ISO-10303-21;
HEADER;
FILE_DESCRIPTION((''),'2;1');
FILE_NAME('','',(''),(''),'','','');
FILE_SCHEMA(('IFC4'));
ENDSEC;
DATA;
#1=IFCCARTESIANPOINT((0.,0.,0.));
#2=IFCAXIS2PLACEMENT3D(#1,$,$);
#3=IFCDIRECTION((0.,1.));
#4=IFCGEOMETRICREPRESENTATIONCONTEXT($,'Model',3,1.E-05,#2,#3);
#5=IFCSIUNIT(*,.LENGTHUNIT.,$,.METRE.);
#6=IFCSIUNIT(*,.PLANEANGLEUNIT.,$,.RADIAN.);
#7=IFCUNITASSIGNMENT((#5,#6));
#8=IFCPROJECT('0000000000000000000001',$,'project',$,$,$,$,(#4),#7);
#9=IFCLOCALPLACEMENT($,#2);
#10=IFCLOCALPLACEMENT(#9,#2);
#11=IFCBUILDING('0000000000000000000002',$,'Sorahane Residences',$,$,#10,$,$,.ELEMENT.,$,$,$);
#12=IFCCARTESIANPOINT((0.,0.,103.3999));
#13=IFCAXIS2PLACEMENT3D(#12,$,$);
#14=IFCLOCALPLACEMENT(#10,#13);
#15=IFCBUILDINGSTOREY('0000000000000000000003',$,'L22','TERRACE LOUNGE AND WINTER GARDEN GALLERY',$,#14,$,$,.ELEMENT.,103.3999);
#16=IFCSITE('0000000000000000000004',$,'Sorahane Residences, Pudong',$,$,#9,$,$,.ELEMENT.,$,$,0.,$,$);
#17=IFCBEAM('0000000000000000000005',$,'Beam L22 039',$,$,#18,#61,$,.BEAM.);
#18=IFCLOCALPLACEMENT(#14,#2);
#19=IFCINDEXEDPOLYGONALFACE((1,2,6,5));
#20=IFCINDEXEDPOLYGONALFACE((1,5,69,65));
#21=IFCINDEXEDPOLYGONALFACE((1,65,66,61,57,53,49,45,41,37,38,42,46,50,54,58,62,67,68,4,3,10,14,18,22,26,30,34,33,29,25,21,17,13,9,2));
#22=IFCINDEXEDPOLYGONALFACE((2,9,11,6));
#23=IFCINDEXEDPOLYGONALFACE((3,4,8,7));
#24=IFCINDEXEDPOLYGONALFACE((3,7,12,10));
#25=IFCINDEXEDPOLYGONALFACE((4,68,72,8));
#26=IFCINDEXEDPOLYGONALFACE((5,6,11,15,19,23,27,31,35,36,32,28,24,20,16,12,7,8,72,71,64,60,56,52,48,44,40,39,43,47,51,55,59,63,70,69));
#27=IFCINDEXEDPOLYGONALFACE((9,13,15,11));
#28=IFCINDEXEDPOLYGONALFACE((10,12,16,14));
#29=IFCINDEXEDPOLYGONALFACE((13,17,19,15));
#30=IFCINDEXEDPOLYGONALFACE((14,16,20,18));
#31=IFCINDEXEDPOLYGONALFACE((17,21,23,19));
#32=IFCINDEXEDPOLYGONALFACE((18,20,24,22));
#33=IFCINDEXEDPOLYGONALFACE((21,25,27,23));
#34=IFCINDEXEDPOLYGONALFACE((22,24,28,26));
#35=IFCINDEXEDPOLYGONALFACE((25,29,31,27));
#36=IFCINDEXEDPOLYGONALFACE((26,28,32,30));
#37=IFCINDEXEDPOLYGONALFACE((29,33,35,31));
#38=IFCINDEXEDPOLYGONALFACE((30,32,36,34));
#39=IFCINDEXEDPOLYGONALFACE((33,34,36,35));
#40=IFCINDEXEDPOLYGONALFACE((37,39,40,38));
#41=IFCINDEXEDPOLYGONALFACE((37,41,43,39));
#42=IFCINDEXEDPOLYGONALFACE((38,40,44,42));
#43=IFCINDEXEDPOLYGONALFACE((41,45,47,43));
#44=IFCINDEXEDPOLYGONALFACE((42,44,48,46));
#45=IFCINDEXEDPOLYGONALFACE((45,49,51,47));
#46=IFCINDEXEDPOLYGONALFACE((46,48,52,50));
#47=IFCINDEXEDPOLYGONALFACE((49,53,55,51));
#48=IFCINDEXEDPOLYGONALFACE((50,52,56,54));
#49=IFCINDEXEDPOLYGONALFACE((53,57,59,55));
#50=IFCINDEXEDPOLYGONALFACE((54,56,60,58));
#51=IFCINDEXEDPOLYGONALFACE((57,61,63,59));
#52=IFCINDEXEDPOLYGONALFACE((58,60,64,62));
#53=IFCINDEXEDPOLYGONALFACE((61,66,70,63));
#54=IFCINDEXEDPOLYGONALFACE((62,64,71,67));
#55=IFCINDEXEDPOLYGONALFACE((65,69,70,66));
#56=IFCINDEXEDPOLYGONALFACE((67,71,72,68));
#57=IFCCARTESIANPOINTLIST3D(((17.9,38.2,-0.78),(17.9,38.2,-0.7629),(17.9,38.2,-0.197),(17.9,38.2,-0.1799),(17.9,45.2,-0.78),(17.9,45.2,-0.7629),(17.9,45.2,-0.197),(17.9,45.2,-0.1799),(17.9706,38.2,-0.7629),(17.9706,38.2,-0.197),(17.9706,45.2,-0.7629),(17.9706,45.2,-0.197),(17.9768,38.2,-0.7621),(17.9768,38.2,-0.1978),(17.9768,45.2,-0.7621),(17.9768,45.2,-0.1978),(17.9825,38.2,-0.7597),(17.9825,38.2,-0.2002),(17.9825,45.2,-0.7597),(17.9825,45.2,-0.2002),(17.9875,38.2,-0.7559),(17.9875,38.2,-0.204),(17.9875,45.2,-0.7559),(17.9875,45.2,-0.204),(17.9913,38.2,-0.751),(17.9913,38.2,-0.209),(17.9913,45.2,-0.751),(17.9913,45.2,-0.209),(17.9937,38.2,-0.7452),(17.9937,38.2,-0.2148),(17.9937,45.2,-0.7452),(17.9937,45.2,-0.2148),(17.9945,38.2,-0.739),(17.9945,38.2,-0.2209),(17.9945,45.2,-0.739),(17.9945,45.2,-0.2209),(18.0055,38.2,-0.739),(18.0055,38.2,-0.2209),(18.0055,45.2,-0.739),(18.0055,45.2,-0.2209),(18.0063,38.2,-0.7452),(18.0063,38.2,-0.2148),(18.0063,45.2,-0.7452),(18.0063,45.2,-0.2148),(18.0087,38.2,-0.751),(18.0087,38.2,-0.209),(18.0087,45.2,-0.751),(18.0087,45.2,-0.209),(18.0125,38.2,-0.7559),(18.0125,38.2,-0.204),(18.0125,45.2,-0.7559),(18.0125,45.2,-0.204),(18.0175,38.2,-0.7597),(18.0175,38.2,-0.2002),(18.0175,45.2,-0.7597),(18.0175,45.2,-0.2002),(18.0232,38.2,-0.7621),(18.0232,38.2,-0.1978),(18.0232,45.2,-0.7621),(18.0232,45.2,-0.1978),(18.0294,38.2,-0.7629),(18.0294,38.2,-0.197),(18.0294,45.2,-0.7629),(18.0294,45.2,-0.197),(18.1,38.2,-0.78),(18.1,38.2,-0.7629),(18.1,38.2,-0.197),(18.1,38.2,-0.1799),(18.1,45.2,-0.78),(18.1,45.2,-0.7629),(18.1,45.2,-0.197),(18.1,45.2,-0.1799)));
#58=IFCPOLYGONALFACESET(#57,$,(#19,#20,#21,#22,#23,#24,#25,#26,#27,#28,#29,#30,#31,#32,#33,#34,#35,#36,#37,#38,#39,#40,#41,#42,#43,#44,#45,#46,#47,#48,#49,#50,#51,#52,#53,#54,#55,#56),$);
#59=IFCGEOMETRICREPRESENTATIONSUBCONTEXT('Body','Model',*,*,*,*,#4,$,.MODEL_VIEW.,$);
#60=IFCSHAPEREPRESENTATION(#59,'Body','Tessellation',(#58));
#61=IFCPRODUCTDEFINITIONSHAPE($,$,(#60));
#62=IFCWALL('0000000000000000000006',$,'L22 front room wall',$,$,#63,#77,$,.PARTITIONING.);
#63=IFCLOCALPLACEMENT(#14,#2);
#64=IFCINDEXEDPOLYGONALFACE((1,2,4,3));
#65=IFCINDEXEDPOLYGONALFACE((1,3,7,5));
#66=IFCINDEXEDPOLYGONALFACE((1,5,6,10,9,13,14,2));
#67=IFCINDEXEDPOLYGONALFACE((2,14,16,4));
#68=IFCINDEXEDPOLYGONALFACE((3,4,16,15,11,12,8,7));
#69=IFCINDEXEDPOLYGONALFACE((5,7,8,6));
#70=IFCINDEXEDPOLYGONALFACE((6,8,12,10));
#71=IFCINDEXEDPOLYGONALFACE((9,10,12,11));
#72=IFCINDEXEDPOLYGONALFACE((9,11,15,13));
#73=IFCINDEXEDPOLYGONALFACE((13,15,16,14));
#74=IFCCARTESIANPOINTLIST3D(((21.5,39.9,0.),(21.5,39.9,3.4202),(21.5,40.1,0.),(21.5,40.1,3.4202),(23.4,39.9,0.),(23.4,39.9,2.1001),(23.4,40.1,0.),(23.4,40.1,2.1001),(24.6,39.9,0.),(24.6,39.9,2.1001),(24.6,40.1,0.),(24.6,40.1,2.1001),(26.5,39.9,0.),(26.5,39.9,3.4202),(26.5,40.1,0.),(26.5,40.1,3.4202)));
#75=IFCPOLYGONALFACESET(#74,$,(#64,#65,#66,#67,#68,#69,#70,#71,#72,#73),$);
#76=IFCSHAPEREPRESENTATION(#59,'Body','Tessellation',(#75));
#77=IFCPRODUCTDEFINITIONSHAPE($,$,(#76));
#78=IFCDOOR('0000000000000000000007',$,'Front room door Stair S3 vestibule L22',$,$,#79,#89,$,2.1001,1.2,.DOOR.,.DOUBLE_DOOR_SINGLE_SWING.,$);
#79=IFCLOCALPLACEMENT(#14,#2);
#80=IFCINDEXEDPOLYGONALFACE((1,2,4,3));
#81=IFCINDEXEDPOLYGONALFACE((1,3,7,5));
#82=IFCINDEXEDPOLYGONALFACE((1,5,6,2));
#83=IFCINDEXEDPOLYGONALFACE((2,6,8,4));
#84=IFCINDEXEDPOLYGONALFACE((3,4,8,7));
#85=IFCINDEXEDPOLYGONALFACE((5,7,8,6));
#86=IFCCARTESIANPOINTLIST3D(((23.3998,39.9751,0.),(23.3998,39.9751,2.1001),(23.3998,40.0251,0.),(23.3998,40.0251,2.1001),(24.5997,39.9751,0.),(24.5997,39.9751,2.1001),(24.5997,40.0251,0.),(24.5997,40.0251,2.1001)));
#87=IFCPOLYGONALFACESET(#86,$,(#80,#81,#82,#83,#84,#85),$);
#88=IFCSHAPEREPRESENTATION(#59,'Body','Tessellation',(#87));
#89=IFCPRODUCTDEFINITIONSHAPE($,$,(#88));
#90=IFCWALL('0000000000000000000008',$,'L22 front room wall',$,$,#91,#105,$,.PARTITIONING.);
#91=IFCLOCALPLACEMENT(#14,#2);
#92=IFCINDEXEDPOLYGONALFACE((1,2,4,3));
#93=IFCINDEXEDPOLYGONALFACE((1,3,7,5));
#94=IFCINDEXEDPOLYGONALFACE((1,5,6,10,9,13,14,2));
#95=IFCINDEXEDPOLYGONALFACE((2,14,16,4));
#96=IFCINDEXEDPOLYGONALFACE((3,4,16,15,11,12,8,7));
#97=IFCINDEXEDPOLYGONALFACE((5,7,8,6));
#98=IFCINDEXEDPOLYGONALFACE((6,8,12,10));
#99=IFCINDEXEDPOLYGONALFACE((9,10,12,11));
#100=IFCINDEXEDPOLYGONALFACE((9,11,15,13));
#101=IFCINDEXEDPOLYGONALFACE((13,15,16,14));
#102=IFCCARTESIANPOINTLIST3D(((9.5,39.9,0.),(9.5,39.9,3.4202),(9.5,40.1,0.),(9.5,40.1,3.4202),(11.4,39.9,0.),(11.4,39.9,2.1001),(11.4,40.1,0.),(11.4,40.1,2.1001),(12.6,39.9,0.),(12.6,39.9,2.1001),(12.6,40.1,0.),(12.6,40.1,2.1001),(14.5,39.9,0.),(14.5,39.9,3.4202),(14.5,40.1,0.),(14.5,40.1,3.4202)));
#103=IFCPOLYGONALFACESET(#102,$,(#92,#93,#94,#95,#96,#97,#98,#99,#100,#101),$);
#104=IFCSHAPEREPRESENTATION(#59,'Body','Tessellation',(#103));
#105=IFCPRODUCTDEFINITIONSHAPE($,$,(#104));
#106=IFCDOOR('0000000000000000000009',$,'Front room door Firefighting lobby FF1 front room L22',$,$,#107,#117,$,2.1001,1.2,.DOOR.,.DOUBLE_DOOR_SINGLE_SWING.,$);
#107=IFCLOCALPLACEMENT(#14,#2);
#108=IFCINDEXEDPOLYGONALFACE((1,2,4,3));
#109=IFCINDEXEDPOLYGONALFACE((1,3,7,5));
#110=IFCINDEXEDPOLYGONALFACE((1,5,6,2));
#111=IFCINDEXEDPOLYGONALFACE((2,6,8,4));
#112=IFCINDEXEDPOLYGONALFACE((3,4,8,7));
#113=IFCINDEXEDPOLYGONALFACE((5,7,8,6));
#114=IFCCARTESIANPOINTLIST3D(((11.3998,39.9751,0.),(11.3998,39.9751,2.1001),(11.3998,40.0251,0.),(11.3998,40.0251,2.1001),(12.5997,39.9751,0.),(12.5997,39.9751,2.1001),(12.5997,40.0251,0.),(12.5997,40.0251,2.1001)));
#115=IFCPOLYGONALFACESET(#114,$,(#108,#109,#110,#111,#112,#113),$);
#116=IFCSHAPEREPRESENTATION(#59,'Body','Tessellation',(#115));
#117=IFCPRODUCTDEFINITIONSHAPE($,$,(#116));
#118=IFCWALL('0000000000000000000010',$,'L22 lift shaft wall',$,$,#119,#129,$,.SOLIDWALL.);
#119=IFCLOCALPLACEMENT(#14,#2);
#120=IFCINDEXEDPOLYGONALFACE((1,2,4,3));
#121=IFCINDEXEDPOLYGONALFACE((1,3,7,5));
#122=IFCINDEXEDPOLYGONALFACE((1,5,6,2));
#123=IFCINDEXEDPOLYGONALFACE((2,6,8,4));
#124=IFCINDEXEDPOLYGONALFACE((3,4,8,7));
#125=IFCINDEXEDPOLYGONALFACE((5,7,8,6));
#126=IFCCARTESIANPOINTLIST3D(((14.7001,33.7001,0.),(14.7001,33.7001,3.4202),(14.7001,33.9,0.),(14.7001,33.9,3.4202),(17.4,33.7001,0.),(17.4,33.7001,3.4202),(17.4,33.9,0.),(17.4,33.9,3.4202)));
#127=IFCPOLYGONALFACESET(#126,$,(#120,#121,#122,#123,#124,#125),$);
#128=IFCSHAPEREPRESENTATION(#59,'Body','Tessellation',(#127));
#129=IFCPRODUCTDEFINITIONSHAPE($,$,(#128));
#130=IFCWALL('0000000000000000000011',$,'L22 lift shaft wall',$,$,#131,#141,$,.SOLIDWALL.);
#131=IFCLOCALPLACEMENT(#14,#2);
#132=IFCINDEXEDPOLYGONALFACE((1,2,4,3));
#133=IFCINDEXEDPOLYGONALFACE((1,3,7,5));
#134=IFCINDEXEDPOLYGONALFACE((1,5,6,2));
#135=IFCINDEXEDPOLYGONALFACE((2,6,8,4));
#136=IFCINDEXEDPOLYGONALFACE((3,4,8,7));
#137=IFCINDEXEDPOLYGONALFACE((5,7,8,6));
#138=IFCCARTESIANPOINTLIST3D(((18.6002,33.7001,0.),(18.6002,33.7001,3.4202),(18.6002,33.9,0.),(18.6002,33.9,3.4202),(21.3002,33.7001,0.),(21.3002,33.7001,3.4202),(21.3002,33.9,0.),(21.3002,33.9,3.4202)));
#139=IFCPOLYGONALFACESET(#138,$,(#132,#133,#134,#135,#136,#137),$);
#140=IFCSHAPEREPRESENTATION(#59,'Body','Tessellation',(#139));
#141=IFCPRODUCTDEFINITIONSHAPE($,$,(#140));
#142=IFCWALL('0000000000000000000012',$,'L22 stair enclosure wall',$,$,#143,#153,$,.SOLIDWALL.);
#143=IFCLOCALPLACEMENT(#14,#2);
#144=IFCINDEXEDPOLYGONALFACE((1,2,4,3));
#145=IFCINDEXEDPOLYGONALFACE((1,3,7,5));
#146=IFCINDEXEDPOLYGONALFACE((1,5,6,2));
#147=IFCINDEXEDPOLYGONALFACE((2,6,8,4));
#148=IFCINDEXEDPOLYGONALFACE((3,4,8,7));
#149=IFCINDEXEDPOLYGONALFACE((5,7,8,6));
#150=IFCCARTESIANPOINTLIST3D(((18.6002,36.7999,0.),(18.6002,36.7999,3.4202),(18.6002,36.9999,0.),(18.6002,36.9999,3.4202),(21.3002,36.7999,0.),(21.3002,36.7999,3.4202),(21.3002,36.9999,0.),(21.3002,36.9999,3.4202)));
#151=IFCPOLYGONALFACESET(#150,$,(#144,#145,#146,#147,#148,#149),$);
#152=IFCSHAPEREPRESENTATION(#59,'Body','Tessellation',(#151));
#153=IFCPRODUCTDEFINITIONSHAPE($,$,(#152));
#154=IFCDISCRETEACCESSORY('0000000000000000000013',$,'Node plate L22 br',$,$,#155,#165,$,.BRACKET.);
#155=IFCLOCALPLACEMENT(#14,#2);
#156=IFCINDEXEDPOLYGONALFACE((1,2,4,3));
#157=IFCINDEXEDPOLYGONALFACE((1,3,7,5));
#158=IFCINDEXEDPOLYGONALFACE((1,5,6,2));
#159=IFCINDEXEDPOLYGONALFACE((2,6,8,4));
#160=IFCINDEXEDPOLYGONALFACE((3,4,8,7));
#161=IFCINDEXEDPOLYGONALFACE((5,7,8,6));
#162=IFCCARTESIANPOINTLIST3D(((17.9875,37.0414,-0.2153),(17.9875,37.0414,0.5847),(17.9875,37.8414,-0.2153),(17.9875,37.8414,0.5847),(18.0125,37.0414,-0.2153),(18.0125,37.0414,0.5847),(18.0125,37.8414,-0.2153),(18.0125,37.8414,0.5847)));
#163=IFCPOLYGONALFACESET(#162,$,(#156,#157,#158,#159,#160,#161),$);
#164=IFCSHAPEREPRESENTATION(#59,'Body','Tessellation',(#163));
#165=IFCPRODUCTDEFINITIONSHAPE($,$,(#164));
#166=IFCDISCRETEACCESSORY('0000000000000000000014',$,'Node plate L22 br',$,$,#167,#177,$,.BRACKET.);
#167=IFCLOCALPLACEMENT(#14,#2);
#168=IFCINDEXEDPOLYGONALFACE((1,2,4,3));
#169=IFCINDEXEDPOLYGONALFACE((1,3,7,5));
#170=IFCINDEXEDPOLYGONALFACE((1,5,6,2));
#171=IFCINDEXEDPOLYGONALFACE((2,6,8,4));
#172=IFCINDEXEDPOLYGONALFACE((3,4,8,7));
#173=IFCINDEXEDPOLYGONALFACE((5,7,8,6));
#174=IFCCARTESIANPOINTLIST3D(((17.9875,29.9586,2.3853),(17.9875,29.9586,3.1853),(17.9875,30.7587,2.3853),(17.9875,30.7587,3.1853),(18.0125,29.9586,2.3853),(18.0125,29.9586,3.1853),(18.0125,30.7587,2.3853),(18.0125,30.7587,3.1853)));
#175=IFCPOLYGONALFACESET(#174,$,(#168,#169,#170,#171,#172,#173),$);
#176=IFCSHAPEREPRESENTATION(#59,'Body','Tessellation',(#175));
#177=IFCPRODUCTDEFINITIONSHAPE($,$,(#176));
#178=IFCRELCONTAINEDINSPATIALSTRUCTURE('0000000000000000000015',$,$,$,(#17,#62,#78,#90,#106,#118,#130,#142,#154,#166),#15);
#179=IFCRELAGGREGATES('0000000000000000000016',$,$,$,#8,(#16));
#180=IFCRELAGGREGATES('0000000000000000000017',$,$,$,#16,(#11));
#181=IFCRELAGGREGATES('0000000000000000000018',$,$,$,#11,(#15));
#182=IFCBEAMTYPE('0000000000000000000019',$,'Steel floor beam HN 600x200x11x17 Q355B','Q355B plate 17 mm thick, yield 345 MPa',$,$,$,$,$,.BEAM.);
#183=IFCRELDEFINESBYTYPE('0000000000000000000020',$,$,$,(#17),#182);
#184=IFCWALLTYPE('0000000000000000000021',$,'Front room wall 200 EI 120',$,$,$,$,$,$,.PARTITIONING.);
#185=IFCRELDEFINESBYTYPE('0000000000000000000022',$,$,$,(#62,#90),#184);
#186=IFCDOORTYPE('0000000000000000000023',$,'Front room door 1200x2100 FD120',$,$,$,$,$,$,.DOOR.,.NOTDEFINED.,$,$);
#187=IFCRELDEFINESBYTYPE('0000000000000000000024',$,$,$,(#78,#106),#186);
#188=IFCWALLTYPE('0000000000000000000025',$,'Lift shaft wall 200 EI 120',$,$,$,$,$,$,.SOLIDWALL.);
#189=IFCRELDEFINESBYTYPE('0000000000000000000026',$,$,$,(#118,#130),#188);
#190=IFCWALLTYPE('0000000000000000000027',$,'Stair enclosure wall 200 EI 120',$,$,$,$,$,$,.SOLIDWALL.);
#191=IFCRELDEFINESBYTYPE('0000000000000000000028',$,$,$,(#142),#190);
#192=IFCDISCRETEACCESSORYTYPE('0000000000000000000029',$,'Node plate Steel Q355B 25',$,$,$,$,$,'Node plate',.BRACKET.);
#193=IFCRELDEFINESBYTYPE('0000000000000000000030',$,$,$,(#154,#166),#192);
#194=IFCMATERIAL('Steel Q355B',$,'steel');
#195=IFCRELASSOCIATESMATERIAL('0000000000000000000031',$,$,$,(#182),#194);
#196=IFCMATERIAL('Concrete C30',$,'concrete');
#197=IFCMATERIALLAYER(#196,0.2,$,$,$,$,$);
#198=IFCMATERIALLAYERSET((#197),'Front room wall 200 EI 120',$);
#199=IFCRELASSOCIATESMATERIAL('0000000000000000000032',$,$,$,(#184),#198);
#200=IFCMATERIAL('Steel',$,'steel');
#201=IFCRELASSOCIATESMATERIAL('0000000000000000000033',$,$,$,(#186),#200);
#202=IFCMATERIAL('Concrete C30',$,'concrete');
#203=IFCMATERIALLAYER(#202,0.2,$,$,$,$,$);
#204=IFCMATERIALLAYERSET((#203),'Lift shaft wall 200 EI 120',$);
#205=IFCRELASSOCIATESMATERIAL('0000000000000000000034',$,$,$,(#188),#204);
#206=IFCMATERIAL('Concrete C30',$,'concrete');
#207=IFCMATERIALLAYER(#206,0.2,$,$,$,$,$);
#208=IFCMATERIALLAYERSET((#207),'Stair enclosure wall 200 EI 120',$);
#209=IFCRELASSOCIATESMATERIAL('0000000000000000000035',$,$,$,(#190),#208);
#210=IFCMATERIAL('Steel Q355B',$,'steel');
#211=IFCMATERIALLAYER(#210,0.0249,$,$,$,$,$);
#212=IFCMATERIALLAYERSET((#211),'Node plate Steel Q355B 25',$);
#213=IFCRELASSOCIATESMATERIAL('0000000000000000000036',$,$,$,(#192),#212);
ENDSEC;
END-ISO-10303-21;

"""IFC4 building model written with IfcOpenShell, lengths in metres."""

from ifc_helpers import new_model, si_unit, direction, frame, frame_2d, origin, origin_2d, place, context, subcontext, project, spatial, rectangle, i_section, extrude, material, layer, layer_set, material_profile, profile_set, type_object, element, fill, save


model = new_model("IFC4")

# Units and contexts
model_context = context("Model", 3, precision=1e-05, world=origin(), true_north=direction((0.0, 1.0)))
body_context = subcontext(model_context, "Body", "Model", "MODEL_VIEW")
ifc_project = project(units=[si_unit("LENGTHUNIT", "METRE"), si_unit("PLANEANGLEUNIT", "RADIAN")], contexts=[model_context])

# Site, building, storey
site_placement = place(None, origin())
site = spatial("IfcSite", under=ifc_project, at=site_placement, Name="Sorahane Residences, Pudong", CompositionType="ELEMENT", RefElevation=0.0)
building_placement = place(site_placement, origin())
building = spatial("IfcBuilding", under=site, at=building_placement, Name="Sorahane Residences", CompositionType="ELEMENT")
storey_placement = place(building_placement, frame((0.0, 0.0, 103.3999)))
storey = spatial("IfcBuildingStorey", under=building, at=storey_placement, Name="L22", Description="TERRACE LOUNGE AND WINTER GARDEN GALLERY", CompositionType="ELEMENT", Elevation=103.3999)

# Beam
ifc_material_1 = material(Name="Steel Q355B", Category="steel")
ifc_material_profile_1 = material_profile(ifc_material_1, i_section(OverallWidth=0.2, OverallDepth=0.6001, WebThickness=0.011, FlangeThickness=0.0171, FilletRadius=0.0239, at=origin_2d()), Name="HN 600x200x11x17")
ifc_profile_set_1 = profile_set([ifc_material_profile_1], Name="Steel Q355B")
beam_type_1 = type_object("IfcBeamType", Name="Steel floor beam HN 600x200x11x17 Q355B", Description="Q355B plate 17 mm thick, yield 345 MPa", PredefinedType="BEAM", material=ifc_profile_set_1)
for number, where, z_axis, x_axis, name in (
    (1, (18.0, 38.2, -0.48), (0.0, 1.0, 0.0), (-1.0, 0.0, 0.0), "Beam L22 039"),
):
    element("IfcBeam", number, at=place(storey_placement, frame(where, z_axis=z_axis, x_axis=x_axis)), inside=storey, type_object=beam_type_1, Name=name, PredefinedType="BEAM", context=body_context, shape_type="SweptSolid", body=[
        extrude(i_section(OverallWidth=0.2, OverallDepth=0.6001, WebThickness=0.011, FlangeThickness=0.0171, FilletRadius=0.0239, at=origin_2d()), origin(), (0.0, 0.0, 1.0), 7.0),
    ])

# Walls, openings, doors
ifc_material_2 = material(Name="Concrete C30", Category="concrete")
ifc_layer_1 = layer(ifc_material_2, 0.2)
ifc_layer_set_1 = layer_set([ifc_layer_1], Name="Front room wall 200 EI 120")
wall_type_1 = type_object("IfcWallType", Name="Front room wall 200 EI 120", PredefinedType="PARTITIONING", material=ifc_layer_set_1)
wall_1_placement = place(storey_placement, frame((21.5, 40.0, 0.0), z_axis=(0.0, 0.0, 1.0), x_axis=(1.0, 0.0, 0.0)))
wall_1 = element("IfcWall", 2, at=wall_1_placement, inside=storey, type_object=wall_type_1, Name="L22 front room wall", PredefinedType="PARTITIONING", context=body_context, shape_type="SweptSolid", body=[
    extrude(rectangle(XDim=5.0, YDim=0.2, at=frame_2d((2.5, 0.0))), origin(), (0.0, 0.0, 1.0), 3.4202),
])
opening_1_placement = place(wall_1_placement, frame((1.8999, 0.0, 0.0)))
opening_1 = element("IfcOpeningElement", 3, at=opening_1_placement, cuts=wall_1, PredefinedType="OPENING", context=body_context, shape_type="SweptSolid", body=[
    extrude(rectangle(XDim=1.2, YDim=2.1001, at=frame_2d((0.6001, 1.05))), frame((0.0, 0.1099, 0.0), z_axis=(0.0, -1.0, 0.0), x_axis=(1.0, 0.0, 0.0)), (0.0, 0.0, 1.0), 0.22),
])
ifc_material_3 = material(Name="Steel", Category="steel")
door_type = type_object("IfcDoorType", Name="Front room door 1200x2100 FD120", OperationType="NOTDEFINED", PredefinedType="DOOR", material=ifc_material_3)
door_1_placement = place(opening_1_placement, frame((1.2, 0.0, 0.0), z_axis=(0.0, 0.0, 1.0), x_axis=(-1.0, 0.0, 0.0)))
door_1 = element("IfcDoor", 4, at=door_1_placement, inside=storey, type_object=door_type, Name="Front room door Stair S3 vestibule L22", OperationType="DOUBLE_DOOR_SINGLE_SWING", OverallHeight=2.1001, OverallWidth=1.2, PredefinedType="DOOR", context=body_context, shape_type="SweptSolid", body=[
    extrude(rectangle(XDim=1.2, YDim=2.1001, at=frame_2d((0.6001, 1.05))), frame((0.0, 0.0249, 0.0), z_axis=(0.0, -1.0, 0.0), x_axis=(1.0, 0.0, 0.0)), (0.0, 0.0, 1.0), 0.05),
])
fill(opening_1, door_1)
wall_2_placement = place(storey_placement, frame((9.5, 40.0, 0.0), z_axis=(0.0, 0.0, 1.0), x_axis=(1.0, 0.0, 0.0)))
wall_2 = element("IfcWall", 5, at=wall_2_placement, inside=storey, type_object=wall_type_1, Name="L22 front room wall", PredefinedType="PARTITIONING", context=body_context, shape_type="SweptSolid", body=[
    extrude(rectangle(XDim=5.0, YDim=0.2, at=frame_2d((2.5, 0.0))), origin(), (0.0, 0.0, 1.0), 3.4202),
])
opening_2_placement = place(wall_2_placement, frame((1.8999, 0.0, 0.0)))
opening_2 = element("IfcOpeningElement", 6, at=opening_2_placement, cuts=wall_2, PredefinedType="OPENING", context=body_context, shape_type="SweptSolid", body=[
    extrude(rectangle(XDim=1.2, YDim=2.1001, at=frame_2d((0.6001, 1.05))), frame((0.0, 0.1099, 0.0), z_axis=(0.0, -1.0, 0.0), x_axis=(1.0, 0.0, 0.0)), (0.0, 0.0, 1.0), 0.22),
])
door_2_placement = place(opening_2_placement, frame((1.2, 0.0, 0.0), z_axis=(0.0, 0.0, 1.0), x_axis=(-1.0, 0.0, 0.0)))
door_2 = element("IfcDoor", 7, at=door_2_placement, inside=storey, type_object=door_type, Name="Front room door Firefighting lobby FF1 front room L22", OperationType="DOUBLE_DOOR_SINGLE_SWING", OverallHeight=2.1001, OverallWidth=1.2, PredefinedType="DOOR", context=body_context, shape_type="SweptSolid", body=[
    extrude(rectangle(XDim=1.2, YDim=2.1001, at=frame_2d((0.6001, 1.05))), frame((0.0, 0.0249, 0.0), z_axis=(0.0, -1.0, 0.0), x_axis=(1.0, 0.0, 0.0)), (0.0, 0.0, 1.0), 0.05),
])
fill(opening_2, door_2)

# Walls
ifc_material_4 = material(Name="Concrete C30", Category="concrete")
ifc_layer_2 = layer(ifc_material_4, 0.2)
ifc_layer_set_2 = layer_set([ifc_layer_2], Name="Lift shaft wall 200 EI 120")
wall_type_2 = type_object("IfcWallType", Name="Lift shaft wall 200 EI 120", PredefinedType="SOLIDWALL", material=ifc_layer_set_2)
for number, where, z_axis, x_axis, name in (
    (8, (14.7, 33.8, 0.0), (0.0, 0.0, 1.0), (1.0, 0.0, 0.0), "L22 lift shaft wall"),
    (9, (18.6001, 33.8, 0.0), (0.0, 0.0, 1.0), (1.0, 0.0, 0.0), "L22 lift shaft wall"),
):
    element("IfcWall", number, at=place(storey_placement, frame(where, z_axis=z_axis, x_axis=x_axis)), inside=storey, type_object=wall_type_2, Name=name, PredefinedType="SOLIDWALL", context=body_context, shape_type="SweptSolid", body=[
        extrude(rectangle(XDim=2.7, YDim=0.2, at=frame_2d((1.3501, 0.0))), origin(), (0.0, 0.0, 1.0), 3.4202),
    ])
ifc_material_5 = material(Name="Concrete C30", Category="concrete")
ifc_layer_3 = layer(ifc_material_5, 0.2)
ifc_layer_set_3 = layer_set([ifc_layer_3], Name="Stair enclosure wall 200 EI 120")
wall_type_3 = type_object("IfcWallType", Name="Stair enclosure wall 200 EI 120", PredefinedType="SOLIDWALL", material=ifc_layer_set_3)
wall_3_placement = place(storey_placement, frame((18.6001, 36.8999, 0.0), z_axis=(0.0, 0.0, 1.0), x_axis=(1.0, 0.0, 0.0)))
element("IfcWall", 10, at=wall_3_placement, inside=storey, type_object=wall_type_3, Name="L22 stair enclosure wall", PredefinedType="SOLIDWALL", context=body_context, shape_type="SweptSolid", body=[
    extrude(rectangle(XDim=2.7, YDim=0.2, at=frame_2d((1.3501, 0.0))), origin(), (0.0, 0.0, 1.0), 3.4202),
])

# Discrete accessories
ifc_material_6 = material(Name="Steel Q355B", Category="steel")
ifc_layer_4 = layer(ifc_material_6, 0.0249)
ifc_layer_set_4 = layer_set([ifc_layer_4], Name="Node plate Steel Q355B 25")
discrete_accessory_type = type_object("IfcDiscreteAccessoryType", Name="Node plate Steel Q355B 25", ElementType="Node plate", PredefinedType="BRACKET", material=ifc_layer_set_4)
for number, where, z_axis, x_axis, name in (
    (11, (18.0, 37.4414, -0.2153), (0.0, 0.0, 1.0), (0.0, 1.0, 0.0), "Node plate L22 br"),
    (12, (18.0, 30.3586, 2.3853), (0.0, 0.0, 1.0), (0.0, 1.0, 0.0), "Node plate L22 br"),
):
    element("IfcDiscreteAccessory", number, at=place(storey_placement, frame(where, z_axis=z_axis, x_axis=x_axis)), inside=storey, type_object=discrete_accessory_type, Name=name, PredefinedType="BRACKET", context=body_context, shape_type="SweptSolid", body=[
        extrude(rectangle(XDim=0.8, YDim=0.0249, at=origin_2d()), origin(), (0.0, 0.0, 1.0), 0.8),
    ])

save(model, "model.ifc")
